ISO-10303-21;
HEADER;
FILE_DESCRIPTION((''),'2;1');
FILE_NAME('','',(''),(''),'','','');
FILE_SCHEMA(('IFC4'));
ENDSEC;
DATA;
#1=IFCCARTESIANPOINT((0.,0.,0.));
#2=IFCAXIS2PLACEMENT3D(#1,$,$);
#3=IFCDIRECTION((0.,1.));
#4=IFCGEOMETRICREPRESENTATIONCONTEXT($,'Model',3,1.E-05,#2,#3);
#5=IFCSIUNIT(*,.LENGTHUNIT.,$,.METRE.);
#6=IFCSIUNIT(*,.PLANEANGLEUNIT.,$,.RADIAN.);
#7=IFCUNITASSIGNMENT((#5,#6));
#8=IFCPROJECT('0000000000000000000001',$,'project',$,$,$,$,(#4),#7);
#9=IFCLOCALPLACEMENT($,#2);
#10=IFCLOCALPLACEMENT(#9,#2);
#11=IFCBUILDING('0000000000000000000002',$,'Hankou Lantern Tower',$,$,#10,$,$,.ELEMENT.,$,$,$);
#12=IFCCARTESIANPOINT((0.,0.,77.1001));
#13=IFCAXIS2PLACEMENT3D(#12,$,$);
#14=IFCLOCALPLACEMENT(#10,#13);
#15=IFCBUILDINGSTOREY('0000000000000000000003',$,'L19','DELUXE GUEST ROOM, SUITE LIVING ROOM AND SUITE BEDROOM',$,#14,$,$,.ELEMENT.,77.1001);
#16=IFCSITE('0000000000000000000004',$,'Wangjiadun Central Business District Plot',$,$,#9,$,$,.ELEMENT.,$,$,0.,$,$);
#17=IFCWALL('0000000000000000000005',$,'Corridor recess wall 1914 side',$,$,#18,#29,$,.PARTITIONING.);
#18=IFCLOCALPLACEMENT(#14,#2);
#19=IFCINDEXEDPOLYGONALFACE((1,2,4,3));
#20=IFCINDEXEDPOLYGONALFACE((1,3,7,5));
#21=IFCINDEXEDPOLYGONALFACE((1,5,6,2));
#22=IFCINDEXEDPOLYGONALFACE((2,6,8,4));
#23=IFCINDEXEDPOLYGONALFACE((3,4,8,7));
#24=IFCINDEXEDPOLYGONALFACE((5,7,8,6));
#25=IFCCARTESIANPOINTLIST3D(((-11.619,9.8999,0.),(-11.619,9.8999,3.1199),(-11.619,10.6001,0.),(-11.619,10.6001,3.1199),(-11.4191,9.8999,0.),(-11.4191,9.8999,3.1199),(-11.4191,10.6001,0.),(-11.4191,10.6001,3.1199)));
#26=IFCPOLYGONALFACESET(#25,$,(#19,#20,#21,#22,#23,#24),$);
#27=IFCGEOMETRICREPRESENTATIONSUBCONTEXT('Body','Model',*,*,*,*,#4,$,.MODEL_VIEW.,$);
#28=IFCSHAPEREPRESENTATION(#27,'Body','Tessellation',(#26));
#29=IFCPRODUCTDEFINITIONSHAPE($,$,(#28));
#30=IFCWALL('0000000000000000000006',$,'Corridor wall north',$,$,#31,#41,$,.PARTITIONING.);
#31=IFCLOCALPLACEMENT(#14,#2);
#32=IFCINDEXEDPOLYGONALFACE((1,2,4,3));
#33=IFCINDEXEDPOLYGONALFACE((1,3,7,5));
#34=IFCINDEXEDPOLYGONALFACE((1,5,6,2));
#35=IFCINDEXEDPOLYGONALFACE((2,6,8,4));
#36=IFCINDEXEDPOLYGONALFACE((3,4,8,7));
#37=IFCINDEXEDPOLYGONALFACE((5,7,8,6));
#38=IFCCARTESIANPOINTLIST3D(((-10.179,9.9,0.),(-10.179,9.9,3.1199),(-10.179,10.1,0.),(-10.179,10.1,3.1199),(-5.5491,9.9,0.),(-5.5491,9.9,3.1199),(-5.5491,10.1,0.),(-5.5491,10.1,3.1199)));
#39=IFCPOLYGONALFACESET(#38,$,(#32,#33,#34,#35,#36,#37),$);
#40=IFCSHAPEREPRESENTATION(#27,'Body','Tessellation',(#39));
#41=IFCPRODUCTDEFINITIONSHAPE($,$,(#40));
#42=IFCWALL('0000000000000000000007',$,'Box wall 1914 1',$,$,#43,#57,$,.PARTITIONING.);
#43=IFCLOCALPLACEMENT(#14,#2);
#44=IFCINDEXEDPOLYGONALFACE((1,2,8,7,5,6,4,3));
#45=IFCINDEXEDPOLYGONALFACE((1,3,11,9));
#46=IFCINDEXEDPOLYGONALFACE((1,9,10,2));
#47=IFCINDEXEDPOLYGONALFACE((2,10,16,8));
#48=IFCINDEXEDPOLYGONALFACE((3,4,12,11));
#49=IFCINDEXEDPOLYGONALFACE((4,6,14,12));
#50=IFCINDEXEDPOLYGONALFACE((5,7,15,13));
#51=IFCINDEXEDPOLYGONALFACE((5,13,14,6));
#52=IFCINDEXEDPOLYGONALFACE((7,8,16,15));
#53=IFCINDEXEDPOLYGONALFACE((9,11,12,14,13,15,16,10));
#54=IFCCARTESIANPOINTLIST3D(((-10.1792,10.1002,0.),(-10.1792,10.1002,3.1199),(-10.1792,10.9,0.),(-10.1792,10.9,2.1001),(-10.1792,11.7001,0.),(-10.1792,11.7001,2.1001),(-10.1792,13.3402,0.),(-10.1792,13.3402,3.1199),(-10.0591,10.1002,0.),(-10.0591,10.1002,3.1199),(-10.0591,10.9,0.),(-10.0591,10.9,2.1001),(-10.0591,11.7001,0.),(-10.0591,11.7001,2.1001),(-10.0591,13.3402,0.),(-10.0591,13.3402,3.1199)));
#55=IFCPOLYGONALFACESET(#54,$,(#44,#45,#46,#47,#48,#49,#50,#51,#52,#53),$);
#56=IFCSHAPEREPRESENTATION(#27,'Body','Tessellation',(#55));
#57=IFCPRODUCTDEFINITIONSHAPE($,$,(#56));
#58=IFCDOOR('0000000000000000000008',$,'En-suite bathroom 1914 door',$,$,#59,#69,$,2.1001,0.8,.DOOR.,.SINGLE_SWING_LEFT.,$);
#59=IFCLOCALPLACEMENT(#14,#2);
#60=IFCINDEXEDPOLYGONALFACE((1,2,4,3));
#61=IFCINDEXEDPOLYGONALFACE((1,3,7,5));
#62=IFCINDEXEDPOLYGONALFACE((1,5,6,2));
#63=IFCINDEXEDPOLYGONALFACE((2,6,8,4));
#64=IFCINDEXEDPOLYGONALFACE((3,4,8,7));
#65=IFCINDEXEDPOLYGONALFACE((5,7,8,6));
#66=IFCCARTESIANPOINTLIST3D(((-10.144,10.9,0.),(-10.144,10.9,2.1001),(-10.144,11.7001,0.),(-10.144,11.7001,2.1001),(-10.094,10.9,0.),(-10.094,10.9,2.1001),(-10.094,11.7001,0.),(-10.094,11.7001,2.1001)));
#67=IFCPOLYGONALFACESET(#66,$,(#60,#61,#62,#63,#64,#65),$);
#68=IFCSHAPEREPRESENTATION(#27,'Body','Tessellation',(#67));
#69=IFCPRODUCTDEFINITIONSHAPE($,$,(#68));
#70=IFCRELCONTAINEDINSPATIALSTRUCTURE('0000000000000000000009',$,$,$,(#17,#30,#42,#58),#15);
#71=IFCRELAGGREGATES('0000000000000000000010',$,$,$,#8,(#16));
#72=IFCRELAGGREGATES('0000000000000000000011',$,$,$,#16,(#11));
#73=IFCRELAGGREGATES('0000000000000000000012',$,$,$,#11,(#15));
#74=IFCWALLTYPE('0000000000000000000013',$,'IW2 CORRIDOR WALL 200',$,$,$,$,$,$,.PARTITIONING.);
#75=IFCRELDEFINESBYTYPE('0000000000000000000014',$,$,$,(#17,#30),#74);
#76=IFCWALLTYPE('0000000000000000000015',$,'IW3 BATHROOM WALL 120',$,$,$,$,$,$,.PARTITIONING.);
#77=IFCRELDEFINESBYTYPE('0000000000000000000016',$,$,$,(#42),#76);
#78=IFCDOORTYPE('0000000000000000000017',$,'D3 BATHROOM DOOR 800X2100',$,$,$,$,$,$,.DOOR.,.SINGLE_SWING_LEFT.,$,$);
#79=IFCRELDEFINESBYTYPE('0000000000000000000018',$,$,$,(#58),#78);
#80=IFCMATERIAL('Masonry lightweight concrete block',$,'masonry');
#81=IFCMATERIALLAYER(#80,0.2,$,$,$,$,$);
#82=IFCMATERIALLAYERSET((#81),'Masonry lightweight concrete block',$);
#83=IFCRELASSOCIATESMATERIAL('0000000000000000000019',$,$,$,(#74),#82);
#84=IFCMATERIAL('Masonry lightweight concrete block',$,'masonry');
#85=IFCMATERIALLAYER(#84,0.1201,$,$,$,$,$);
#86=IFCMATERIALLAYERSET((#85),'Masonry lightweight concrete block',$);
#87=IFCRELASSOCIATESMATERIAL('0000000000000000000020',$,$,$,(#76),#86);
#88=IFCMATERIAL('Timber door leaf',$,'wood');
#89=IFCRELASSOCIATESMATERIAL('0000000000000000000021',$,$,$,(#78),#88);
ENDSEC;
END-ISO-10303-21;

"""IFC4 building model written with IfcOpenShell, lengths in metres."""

from ifc_helpers import new_model, si_unit, direction, frame, frame_2d, origin, place, context, subcontext, project, spatial, rectangle, extrude, material, layer, layer_set, type_object, element, fill, save


model = new_model("IFC4")

# Units and contexts
model_context = context("Model", 3, precision=1e-05, world=origin(), true_north=direction((0.0, 1.0)))
body_context = subcontext(model_context, "Body", "Model", "MODEL_VIEW")
ifc_project = project(units=[si_unit("LENGTHUNIT", "METRE"), si_unit("PLANEANGLEUNIT", "RADIAN")], contexts=[model_context])

# Site, building, storey
site_placement = place(None, origin())
site = spatial("IfcSite", under=ifc_project, at=site_placement, Name="Wangjiadun Central Business District Plot", CompositionType="ELEMENT", RefElevation=0.0)
building_placement = place(site_placement, origin())
building = spatial("IfcBuilding", under=site, at=building_placement, Name="Hankou Lantern Tower", CompositionType="ELEMENT")
storey_placement = place(building_placement, frame((0.0, 0.0, 77.1001)))
storey = spatial("IfcBuildingStorey", under=building, at=storey_placement, Name="L19", Description="DELUXE GUEST ROOM, SUITE LIVING ROOM AND SUITE BEDROOM", CompositionType="ELEMENT", Elevation=77.1001)

# Shared definitions
ifc_material_1 = material(Name="Masonry lightweight concrete block", Category="masonry")
ifc_layer_1 = layer(ifc_material_1, 0.2)
ifc_layer_set_1 = layer_set([ifc_layer_1], Name="Masonry lightweight concrete block")
wall_type_1 = type_object("IfcWallType", Name="IW2 CORRIDOR WALL 200", PredefinedType="PARTITIONING", material=ifc_layer_set_1)

# Walls
wall_1_placement = place(storey_placement, frame((-11.519, 9.8999, 0.0), z_axis=(0.0, 0.0, 1.0), x_axis=(0.0, 1.0, 0.0)))
element("IfcWall", 1, at=wall_1_placement, inside=storey, type_object=wall_type_1, Name="Corridor recess wall 1914 side", PredefinedType="PARTITIONING", context=body_context, shape_type="SweptSolid", body=[
    extrude(rectangle(XDim=0.7002, YDim=0.2, at=frame_2d((0.3501, 0.0))), origin(), (0.0, 0.0, 1.0), 3.1199),
])
wall_2_placement = place(storey_placement, frame((-10.179, 10.0, 0.0), z_axis=(0.0, 0.0, 1.0), x_axis=(1.0, 0.0, 0.0)))
element("IfcWall", 2, at=wall_2_placement, inside=storey, type_object=wall_type_1, Name="Corridor wall north", PredefinedType="PARTITIONING", context=body_context, shape_type="SweptSolid", body=[
    extrude(rectangle(XDim=4.6299, YDim=0.2, at=frame_2d((2.3149, 0.0))), origin(), (0.0, 0.0, 1.0), 3.1199),
])

# Wall, opening, door
ifc_material_2 = material(Name="Masonry lightweight concrete block", Category="masonry")
ifc_layer_2 = layer(ifc_material_2, 0.1201)
ifc_layer_set_2 = layer_set([ifc_layer_2], Name="Masonry lightweight concrete block")
wall_type_2 = type_object("IfcWallType", Name="IW3 BATHROOM WALL 120", PredefinedType="PARTITIONING", material=ifc_layer_set_2)
wall_3_placement = place(storey_placement, frame((-10.1191, 10.1001, 0.0), z_axis=(0.0, 0.0, 1.0), x_axis=(0.0, 1.0, 0.0)))
wall_3 = element("IfcWall", 3, at=wall_3_placement, inside=storey, type_object=wall_type_2, Name="Box wall 1914 1", PredefinedType="PARTITIONING", context=body_context, shape_type="SweptSolid", body=[
    extrude(rectangle(XDim=3.24, YDim=0.1201, at=frame_2d((1.6201, 0.0))), origin(), (0.0, 0.0, 1.0), 3.1199),
])
opening_1_placement = place(wall_3_placement, frame((0.8, 0.0, 0.0)))
opening_1 = element("IfcOpeningElement", 4, at=opening_1_placement, cuts=wall_3, PredefinedType="OPENING", context=body_context, shape_type="SweptSolid", body=[
    extrude(rectangle(XDim=0.8, YDim=2.1001, at=frame_2d((0.3999, 1.05))), frame((0.0, 0.0701, 0.0), z_axis=(0.0, -1.0, 0.0), x_axis=(1.0, 0.0, 0.0)), (0.0, 0.0, 1.0), 0.1401),
])
ifc_material_3 = material(Name="Timber door leaf", Category="wood")
door_type_1 = type_object("IfcDoorType", Name="D3 BATHROOM DOOR 800X2100", OperationType="SINGLE_SWING_LEFT", PredefinedType="DOOR", material=ifc_material_3)
door_1_placement = place(opening_1_placement, origin())
door_1 = element("IfcDoor", 5, at=door_1_placement, inside=storey, type_object=door_type_1, Name="En-suite bathroom 1914 door", OperationType="SINGLE_SWING_LEFT", OverallHeight=2.1001, OverallWidth=0.8, PredefinedType="DOOR", context=body_context, shape_type="SweptSolid", body=[
    extrude(rectangle(XDim=0.8, YDim=2.1001, at=frame_2d((0.3999, 1.05))), frame((0.0, 0.0249, 0.0), z_axis=(0.0, -1.0, 0.0), x_axis=(1.0, 0.0, 0.0)), (0.0, 0.0, 1.0), 0.05),
])
fill(opening_1, door_1)

save(model, "model.ifc")
